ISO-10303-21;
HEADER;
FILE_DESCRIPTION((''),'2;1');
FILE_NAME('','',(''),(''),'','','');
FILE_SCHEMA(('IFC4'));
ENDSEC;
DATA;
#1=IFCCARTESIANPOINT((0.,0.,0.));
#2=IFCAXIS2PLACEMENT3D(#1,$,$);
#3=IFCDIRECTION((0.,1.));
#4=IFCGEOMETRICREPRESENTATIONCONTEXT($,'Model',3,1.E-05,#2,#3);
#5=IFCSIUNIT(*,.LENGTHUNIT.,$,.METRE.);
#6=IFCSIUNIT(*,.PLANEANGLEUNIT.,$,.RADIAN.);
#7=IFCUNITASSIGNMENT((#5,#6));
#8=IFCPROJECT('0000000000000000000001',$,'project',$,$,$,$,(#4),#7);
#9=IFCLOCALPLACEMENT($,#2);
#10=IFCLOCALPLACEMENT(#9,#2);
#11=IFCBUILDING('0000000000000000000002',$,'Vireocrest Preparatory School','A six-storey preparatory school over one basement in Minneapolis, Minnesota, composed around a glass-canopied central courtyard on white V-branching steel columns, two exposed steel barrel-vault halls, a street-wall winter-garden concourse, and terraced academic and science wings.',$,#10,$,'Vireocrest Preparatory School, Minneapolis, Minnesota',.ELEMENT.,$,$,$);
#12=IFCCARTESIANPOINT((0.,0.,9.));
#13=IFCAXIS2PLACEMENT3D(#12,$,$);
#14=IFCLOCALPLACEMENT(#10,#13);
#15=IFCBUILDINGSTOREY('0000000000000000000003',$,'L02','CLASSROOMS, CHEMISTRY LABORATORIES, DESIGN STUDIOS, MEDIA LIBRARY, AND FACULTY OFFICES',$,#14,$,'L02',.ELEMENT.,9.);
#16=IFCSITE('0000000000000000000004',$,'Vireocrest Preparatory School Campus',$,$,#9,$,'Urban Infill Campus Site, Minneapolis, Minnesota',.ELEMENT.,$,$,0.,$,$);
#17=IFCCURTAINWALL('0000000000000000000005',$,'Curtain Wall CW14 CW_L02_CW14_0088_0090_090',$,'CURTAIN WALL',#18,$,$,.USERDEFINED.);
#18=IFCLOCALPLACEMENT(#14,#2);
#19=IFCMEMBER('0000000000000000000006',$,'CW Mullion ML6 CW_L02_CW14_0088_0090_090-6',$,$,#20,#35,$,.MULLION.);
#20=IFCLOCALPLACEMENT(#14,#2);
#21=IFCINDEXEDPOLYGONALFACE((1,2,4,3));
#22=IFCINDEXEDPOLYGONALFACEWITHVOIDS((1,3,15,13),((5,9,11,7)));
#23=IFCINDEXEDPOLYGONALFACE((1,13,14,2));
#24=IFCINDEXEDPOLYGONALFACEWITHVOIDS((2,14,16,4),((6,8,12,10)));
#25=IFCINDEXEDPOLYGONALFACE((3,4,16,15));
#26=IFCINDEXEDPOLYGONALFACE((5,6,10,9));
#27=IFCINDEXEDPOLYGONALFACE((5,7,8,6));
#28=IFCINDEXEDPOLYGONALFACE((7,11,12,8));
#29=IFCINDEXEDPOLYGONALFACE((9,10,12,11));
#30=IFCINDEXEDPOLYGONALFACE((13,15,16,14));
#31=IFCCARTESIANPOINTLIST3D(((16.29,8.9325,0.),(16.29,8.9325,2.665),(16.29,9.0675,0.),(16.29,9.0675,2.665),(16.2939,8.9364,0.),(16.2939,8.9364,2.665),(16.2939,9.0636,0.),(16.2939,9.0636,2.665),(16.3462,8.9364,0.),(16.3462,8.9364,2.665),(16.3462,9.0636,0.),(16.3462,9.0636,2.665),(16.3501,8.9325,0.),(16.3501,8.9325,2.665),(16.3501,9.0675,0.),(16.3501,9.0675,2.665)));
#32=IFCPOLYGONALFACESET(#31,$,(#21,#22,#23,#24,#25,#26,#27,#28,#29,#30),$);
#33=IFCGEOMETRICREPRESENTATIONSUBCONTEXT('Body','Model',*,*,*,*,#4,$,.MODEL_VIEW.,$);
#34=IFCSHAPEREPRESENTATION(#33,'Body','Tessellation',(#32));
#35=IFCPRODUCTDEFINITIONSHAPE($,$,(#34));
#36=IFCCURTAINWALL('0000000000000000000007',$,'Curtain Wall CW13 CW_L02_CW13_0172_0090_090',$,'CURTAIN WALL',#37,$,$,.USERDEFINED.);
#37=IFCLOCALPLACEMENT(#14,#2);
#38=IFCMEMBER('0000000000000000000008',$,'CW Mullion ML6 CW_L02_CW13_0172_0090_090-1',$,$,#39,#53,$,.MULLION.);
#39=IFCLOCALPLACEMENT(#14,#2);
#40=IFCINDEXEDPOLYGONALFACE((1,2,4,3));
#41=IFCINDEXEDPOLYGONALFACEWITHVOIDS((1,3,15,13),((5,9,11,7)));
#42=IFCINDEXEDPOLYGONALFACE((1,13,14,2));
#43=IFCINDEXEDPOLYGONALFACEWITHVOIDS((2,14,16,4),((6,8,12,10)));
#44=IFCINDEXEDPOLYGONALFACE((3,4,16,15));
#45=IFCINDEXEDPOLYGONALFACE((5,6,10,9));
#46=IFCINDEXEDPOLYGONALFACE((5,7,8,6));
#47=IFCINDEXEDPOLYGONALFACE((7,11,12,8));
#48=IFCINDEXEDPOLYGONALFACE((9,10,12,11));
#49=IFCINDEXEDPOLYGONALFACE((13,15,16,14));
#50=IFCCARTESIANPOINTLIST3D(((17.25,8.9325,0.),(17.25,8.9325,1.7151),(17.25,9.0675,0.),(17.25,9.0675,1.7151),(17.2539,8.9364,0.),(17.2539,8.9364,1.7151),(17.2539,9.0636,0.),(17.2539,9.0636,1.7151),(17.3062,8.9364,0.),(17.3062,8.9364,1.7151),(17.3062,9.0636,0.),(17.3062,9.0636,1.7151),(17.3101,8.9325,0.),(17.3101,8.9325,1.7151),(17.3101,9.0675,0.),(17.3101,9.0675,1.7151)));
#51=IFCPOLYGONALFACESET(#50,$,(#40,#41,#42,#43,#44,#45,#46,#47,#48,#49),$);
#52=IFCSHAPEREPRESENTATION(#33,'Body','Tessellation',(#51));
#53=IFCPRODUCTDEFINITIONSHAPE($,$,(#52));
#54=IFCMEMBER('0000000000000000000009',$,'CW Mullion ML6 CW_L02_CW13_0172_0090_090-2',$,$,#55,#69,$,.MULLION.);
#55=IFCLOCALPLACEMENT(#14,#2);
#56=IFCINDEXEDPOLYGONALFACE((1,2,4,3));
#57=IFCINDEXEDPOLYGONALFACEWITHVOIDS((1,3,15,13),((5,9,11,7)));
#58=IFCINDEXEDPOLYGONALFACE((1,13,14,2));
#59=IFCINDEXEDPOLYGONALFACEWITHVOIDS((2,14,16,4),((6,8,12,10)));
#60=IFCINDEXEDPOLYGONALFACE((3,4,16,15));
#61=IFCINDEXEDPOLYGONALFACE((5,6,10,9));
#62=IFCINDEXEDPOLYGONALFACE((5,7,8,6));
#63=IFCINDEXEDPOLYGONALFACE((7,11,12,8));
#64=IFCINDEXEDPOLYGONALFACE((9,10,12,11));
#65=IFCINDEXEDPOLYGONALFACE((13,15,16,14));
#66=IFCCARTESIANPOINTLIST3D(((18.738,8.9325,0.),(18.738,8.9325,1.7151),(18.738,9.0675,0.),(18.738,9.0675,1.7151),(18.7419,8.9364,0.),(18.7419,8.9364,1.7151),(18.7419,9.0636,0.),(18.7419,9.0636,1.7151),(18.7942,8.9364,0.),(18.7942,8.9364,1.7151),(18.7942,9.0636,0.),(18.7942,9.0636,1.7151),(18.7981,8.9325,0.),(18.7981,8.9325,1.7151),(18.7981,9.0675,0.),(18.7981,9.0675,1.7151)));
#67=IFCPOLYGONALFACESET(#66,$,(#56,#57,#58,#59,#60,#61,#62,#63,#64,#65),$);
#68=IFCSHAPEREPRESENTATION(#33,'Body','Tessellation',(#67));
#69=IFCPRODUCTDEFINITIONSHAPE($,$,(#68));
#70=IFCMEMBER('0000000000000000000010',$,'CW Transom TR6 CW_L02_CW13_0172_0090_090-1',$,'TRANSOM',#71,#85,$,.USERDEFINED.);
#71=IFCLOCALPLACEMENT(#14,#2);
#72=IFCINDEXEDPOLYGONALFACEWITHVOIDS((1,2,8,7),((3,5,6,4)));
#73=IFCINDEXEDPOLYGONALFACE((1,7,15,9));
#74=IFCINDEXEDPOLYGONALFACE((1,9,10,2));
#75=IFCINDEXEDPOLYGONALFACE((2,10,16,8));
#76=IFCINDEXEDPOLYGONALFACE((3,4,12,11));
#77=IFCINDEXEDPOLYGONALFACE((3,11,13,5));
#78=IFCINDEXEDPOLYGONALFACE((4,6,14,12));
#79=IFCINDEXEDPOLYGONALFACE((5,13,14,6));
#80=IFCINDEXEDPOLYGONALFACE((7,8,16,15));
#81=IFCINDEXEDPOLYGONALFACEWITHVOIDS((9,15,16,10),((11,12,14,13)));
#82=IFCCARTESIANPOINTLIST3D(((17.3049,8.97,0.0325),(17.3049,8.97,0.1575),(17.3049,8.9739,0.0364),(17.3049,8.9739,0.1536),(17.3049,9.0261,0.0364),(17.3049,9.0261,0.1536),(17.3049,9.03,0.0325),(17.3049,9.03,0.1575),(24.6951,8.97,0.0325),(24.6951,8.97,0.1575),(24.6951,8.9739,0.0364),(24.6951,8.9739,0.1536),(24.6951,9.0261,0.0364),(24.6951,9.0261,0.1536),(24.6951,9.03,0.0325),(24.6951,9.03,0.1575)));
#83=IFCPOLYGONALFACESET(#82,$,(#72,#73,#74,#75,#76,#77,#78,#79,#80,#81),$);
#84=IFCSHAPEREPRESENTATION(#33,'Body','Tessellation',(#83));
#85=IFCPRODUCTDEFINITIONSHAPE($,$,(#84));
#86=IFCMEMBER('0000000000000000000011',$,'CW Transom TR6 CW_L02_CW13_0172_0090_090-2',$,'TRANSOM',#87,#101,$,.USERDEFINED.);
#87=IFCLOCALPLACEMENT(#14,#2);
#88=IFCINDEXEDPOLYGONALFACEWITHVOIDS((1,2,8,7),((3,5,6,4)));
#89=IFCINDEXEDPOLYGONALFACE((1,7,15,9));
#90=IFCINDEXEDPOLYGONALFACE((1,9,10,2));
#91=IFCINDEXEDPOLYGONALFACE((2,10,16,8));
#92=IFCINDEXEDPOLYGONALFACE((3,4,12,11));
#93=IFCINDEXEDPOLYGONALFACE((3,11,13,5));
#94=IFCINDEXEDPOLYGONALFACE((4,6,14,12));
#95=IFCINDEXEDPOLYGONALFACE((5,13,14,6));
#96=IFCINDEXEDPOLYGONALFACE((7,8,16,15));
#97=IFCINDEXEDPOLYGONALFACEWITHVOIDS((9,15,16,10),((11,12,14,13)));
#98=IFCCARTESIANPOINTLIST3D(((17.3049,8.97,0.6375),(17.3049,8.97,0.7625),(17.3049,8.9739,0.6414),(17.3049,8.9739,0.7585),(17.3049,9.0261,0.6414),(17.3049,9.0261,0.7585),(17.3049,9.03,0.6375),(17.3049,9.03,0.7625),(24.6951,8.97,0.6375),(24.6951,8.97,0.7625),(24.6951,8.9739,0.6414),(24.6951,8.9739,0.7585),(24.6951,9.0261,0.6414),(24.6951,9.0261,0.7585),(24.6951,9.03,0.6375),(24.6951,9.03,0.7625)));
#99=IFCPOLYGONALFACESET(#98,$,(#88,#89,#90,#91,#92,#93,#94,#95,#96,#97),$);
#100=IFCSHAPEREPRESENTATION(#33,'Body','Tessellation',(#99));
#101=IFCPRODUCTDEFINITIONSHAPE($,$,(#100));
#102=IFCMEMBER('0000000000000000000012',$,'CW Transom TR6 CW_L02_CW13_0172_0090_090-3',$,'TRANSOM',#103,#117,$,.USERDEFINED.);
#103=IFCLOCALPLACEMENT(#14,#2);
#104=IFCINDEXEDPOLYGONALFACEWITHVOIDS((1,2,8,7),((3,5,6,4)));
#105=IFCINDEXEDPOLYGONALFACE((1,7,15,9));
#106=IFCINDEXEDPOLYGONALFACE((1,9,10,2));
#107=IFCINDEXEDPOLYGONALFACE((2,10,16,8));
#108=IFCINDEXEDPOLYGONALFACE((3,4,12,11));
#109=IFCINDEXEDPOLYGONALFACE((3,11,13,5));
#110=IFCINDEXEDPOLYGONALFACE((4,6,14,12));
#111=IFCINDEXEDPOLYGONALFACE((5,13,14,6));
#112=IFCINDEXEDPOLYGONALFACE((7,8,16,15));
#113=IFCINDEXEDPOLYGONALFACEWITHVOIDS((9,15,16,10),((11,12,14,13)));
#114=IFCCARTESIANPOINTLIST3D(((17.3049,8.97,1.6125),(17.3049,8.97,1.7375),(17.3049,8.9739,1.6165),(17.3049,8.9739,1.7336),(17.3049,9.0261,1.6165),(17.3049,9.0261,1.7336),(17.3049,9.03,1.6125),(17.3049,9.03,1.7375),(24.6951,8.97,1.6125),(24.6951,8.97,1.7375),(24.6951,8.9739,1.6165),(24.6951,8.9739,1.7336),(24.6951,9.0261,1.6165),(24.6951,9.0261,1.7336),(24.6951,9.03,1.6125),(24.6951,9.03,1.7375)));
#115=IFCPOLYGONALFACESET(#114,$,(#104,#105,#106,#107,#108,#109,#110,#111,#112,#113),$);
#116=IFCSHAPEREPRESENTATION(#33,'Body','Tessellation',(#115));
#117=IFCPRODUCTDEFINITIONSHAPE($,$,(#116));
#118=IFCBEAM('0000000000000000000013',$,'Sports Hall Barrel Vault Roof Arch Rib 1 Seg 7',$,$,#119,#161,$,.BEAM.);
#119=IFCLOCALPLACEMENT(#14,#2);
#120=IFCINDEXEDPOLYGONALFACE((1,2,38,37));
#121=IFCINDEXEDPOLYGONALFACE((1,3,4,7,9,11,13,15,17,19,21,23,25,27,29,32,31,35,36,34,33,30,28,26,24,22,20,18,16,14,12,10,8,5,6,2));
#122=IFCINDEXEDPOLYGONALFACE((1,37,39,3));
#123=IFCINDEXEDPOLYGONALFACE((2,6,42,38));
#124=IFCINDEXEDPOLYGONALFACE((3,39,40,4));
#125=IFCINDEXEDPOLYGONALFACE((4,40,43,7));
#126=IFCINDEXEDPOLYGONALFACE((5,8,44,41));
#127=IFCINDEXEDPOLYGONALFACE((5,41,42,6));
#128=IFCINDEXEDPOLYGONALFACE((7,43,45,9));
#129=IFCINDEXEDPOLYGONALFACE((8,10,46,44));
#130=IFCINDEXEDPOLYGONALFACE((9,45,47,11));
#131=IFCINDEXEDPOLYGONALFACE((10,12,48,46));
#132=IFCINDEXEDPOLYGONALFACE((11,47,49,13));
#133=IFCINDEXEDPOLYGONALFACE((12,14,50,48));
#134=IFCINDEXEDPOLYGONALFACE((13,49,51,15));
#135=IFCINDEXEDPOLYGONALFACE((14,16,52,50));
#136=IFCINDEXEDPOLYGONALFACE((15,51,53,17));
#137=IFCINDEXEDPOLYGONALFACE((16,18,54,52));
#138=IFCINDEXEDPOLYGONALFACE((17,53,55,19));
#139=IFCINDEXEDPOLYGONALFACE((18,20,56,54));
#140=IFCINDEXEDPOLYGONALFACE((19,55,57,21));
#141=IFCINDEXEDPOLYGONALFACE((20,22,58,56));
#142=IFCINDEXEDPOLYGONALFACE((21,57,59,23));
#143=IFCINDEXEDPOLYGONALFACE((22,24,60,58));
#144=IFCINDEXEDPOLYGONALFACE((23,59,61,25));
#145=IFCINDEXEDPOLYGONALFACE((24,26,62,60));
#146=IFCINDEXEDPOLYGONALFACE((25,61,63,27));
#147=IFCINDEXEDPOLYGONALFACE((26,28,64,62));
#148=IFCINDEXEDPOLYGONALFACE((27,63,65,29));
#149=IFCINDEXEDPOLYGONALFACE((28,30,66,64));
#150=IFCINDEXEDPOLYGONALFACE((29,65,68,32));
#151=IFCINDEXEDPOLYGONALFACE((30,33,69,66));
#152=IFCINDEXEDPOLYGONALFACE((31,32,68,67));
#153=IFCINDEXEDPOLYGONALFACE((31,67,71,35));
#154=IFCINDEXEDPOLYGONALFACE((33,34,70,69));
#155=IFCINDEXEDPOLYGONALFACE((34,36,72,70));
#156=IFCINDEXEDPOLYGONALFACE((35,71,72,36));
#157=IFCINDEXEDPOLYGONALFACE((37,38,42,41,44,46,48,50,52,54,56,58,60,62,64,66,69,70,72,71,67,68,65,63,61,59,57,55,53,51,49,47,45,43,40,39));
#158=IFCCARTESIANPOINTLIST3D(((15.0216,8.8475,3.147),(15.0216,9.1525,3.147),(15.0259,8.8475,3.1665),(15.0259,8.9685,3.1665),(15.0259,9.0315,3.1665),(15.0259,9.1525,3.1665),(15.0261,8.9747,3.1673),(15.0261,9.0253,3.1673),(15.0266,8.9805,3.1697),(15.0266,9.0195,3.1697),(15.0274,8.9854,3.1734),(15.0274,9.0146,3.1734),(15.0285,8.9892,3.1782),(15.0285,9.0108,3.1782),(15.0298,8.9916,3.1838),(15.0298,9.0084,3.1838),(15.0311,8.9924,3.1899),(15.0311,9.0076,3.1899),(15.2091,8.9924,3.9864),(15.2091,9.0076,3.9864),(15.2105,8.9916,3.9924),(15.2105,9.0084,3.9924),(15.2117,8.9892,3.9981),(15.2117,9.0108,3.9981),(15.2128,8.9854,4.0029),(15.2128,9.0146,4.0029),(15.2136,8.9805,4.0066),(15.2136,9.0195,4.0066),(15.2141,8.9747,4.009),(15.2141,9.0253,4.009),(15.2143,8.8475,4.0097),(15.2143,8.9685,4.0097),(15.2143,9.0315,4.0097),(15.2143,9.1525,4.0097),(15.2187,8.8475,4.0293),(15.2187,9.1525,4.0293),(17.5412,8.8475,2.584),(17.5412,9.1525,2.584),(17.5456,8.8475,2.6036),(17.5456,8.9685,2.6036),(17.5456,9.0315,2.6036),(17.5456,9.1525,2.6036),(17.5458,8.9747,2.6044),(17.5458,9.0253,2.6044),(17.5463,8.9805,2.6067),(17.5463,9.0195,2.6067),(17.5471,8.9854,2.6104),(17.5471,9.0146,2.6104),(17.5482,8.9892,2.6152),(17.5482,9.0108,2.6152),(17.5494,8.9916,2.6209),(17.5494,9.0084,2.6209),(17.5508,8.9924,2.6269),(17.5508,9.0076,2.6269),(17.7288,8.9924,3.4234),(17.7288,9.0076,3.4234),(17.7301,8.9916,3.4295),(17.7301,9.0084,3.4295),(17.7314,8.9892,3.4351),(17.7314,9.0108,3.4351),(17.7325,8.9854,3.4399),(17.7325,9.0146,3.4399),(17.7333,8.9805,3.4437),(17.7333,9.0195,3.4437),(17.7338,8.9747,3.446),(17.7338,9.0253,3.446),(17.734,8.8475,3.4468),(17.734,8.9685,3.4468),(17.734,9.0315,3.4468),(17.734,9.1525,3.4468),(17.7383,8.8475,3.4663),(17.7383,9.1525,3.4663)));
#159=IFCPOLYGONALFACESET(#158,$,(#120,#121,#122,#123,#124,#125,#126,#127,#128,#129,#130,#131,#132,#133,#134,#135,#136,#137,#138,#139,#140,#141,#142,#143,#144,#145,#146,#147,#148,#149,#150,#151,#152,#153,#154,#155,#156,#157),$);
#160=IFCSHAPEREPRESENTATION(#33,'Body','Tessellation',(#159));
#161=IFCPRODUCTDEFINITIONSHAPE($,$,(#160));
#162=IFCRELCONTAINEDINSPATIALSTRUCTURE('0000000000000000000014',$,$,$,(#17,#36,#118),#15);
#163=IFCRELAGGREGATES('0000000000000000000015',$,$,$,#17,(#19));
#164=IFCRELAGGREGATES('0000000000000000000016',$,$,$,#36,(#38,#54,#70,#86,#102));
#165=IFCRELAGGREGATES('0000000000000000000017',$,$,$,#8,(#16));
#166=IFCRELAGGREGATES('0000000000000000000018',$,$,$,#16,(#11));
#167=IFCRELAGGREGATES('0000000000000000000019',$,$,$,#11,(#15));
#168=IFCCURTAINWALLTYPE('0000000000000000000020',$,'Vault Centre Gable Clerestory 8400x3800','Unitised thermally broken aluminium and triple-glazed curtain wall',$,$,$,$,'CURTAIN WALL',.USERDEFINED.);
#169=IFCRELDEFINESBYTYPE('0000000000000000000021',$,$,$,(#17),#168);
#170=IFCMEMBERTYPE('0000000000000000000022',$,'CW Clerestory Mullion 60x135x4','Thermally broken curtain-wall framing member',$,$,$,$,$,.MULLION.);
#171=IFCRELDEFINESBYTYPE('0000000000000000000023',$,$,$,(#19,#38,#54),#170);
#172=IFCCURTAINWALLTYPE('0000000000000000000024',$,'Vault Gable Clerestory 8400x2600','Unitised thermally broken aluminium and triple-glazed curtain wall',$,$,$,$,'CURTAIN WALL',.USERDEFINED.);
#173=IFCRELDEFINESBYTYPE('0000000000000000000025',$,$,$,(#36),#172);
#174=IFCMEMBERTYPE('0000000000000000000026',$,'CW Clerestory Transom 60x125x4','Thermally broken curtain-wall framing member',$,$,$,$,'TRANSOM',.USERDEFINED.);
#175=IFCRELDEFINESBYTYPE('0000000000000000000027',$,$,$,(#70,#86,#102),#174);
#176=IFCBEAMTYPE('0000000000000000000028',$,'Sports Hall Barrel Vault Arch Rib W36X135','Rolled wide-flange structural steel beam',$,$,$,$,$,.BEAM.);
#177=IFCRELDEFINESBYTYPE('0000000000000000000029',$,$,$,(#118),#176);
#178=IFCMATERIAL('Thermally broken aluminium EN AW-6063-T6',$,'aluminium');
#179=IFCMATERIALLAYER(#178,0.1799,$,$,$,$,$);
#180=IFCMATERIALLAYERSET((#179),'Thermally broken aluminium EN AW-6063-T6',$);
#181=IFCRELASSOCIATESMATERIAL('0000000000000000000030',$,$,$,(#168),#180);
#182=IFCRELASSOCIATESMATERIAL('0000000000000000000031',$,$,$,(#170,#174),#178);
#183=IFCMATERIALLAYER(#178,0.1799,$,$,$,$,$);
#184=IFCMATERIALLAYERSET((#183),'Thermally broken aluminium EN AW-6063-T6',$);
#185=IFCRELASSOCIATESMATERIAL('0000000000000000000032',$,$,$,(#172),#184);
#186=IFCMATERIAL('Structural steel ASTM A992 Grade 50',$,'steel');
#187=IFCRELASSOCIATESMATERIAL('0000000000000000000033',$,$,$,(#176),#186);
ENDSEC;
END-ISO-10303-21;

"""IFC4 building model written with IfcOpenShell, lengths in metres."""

from ifc_helpers import new_model, si_unit, direction, frame, origin, origin_2d, place, context, subcontext, project, spatial, hollow_rectangle, i_section, extrude, material, layer, layer_set, material_profile, profile_set, type_object, element, aggregate, save


model = new_model("IFC4")

# Units and contexts
model_context = context("Model", 3, precision=1e-05, world=origin(), true_north=direction((0.0, 1.0)))
body_context = subcontext(model_context, "Body", "Model", "MODEL_VIEW")
ifc_project = project(units=[si_unit("LENGTHUNIT", "METRE"), si_unit("PLANEANGLEUNIT", "RADIAN")], contexts=[model_context])

# Site, building, storey
site_placement = place(None, origin())
site = spatial("IfcSite", under=ifc_project, at=site_placement, Name="Vireocrest Preparatory School Campus", LongName="Urban Infill Campus Site, Minneapolis, Minnesota", CompositionType="ELEMENT", RefElevation=0.0)
building_placement = place(site_placement, origin())
building = spatial("IfcBuilding", under=site, at=building_placement, Name="Vireocrest Preparatory School", Description="A six-storey preparatory school over one basement in Minneapolis, Minnesota, composed around a glass-canopied central courtyard on white V-branching steel columns, two exposed steel barrel-vault halls, a street-wall winter-garden concourse, and terraced academic and science wings.", LongName="Vireocrest Preparatory School, Minneapolis, Minnesota", CompositionType="ELEMENT")
storey_placement = place(building_placement, frame((0.0, 0.0, 9.0)))
storey = spatial("IfcBuildingStorey", under=building, at=storey_placement, Name="L02", Description="CLASSROOMS, CHEMISTRY LABORATORIES, DESIGN STUDIOS, MEDIA LIBRARY, AND FACULTY OFFICES", LongName="L02", CompositionType="ELEMENT", Elevation=9.0)

# Curtain wall, member
ifc_material_1 = material(Name="Thermally broken aluminium EN AW-6063-T6", Category="aluminium")
ifc_layer_1 = layer(ifc_material_1, 0.1799)
ifc_layer_set_1 = layer_set([ifc_layer_1], Name="Thermally broken aluminium EN AW-6063-T6")
curtain_wall_type_1 = type_object("IfcCurtainWallType", Name="Vault Centre Gable Clerestory 8400x3800", Description="Unitised thermally broken aluminium and triple-glazed curtain wall", ElementType="CURTAIN WALL", PredefinedType="USERDEFINED", material=ifc_layer_set_1)
curtain_wall_1_placement = place(storey_placement, origin())
curtain_wall_1 = element("IfcCurtainWall", 1, at=curtain_wall_1_placement, inside=storey, type_object=curtain_wall_type_1, Name="Curtain Wall CW14 CW_L02_CW14_0088_0090_090", ObjectType="CURTAIN WALL", PredefinedType="USERDEFINED")
ifc_material_profile_1 = material_profile(ifc_material_1, hollow_rectangle(XDim=0.0601, YDim=0.135, WallThickness=0.0039, at=origin_2d()), Name="ALU 60x135x4")
ifc_profile_set_1 = profile_set([ifc_material_profile_1], Name="Thermally broken aluminium EN AW-6063-T6")
member_type_1 = type_object("IfcMemberType", Name="CW Clerestory Mullion 60x135x4", Description="Thermally broken curtain-wall framing member", PredefinedType="MULLION", material=ifc_profile_set_1)
member_1_placement = place(storey_placement, frame((16.3201, 9.0, 0.0), z_axis=(0.0, 0.0, 1.0), x_axis=(1.0, 0.0, 0.0)))
member_1 = element("IfcMember", 2, at=member_1_placement, type_object=member_type_1, Name="CW Mullion ML6 CW_L02_CW14_0088_0090_090-6", PredefinedType="MULLION", context=body_context, shape_type="SweptSolid", body=[
    extrude(hollow_rectangle(XDim=0.0601, YDim=0.135, WallThickness=0.0039, at=origin_2d()), origin(), (0.0, 0.0, 1.0), 2.665),
])

# Curtain wall, members
ifc_layer_2 = layer(ifc_material_1, 0.1799)
ifc_layer_set_2 = layer_set([ifc_layer_2], Name="Thermally broken aluminium EN AW-6063-T6")
curtain_wall_type_2 = type_object("IfcCurtainWallType", Name="Vault Gable Clerestory 8400x2600", Description="Unitised thermally broken aluminium and triple-glazed curtain wall", ElementType="CURTAIN WALL", PredefinedType="USERDEFINED", material=ifc_layer_set_2)
curtain_wall_2_placement = place(storey_placement, origin())
curtain_wall_2 = element("IfcCurtainWall", 3, at=curtain_wall_2_placement, inside=storey, type_object=curtain_wall_type_2, Name="Curtain Wall CW13 CW_L02_CW13_0172_0090_090", ObjectType="CURTAIN WALL", PredefinedType="USERDEFINED")
member_2_placement = place(storey_placement, frame((17.28, 9.0, 0.0), z_axis=(0.0, 0.0, 1.0), x_axis=(1.0, 0.0, 0.0)))
member_2 = element("IfcMember", 4, at=member_2_placement, type_object=member_type_1, Name="CW Mullion ML6 CW_L02_CW13_0172_0090_090-1", PredefinedType="MULLION", context=body_context, shape_type="SweptSolid", body=[
    extrude(hollow_rectangle(XDim=0.0601, YDim=0.135, WallThickness=0.0039, at=origin_2d()), origin(), (0.0, 0.0, 1.0), 1.7151),
])
member_3_placement = place(storey_placement, frame((18.7681, 9.0, 0.0), z_axis=(0.0, 0.0, 1.0), x_axis=(1.0, 0.0, 0.0)))
member_3 = element("IfcMember", 5, at=member_3_placement, type_object=member_type_1, Name="CW Mullion ML6 CW_L02_CW13_0172_0090_090-2", PredefinedType="MULLION", context=body_context, shape_type="SweptSolid", body=[
    extrude(hollow_rectangle(XDim=0.0601, YDim=0.135, WallThickness=0.0039, at=origin_2d()), origin(), (0.0, 0.0, 1.0), 1.7151),
])
ifc_material_profile_2 = material_profile(ifc_material_1, hollow_rectangle(XDim=0.0601, YDim=0.125, WallThickness=0.0039, at=origin_2d()), Name="ALU 60x125x4")
ifc_profile_set_2 = profile_set([ifc_material_profile_2], Name="Thermally broken aluminium EN AW-6063-T6")
member_type_2 = type_object("IfcMemberType", Name="CW Clerestory Transom 60x125x4", Description="Thermally broken curtain-wall framing member", ElementType="TRANSOM", PredefinedType="USERDEFINED", material=ifc_profile_set_2)
member_4_placement = place(storey_placement, frame((17.3049, 9.0, 0.095), z_axis=(1.0, 0.0, 0.0), x_axis=(0.0, 1.0, 0.0)))
member_4 = element("IfcMember", 6, at=member_4_placement, type_object=member_type_2, Name="CW Transom TR6 CW_L02_CW13_0172_0090_090-1", ObjectType="TRANSOM", PredefinedType="USERDEFINED", context=body_context, shape_type="SweptSolid", body=[
    extrude(hollow_rectangle(XDim=0.0601, YDim=0.125, WallThickness=0.0039, at=origin_2d()), origin(), (0.0, 0.0, 1.0), 7.3901),
])
member_5_placement = place(storey_placement, frame((17.3049, 9.0, 0.7), z_axis=(1.0, 0.0, 0.0), x_axis=(0.0, 1.0, 0.0)))
member_5 = element("IfcMember", 7, at=member_5_placement, type_object=member_type_2, Name="CW Transom TR6 CW_L02_CW13_0172_0090_090-2", ObjectType="TRANSOM", PredefinedType="USERDEFINED", context=body_context, shape_type="SweptSolid", body=[
    extrude(hollow_rectangle(XDim=0.0601, YDim=0.125, WallThickness=0.0039, at=origin_2d()), origin(), (0.0, 0.0, 1.0), 7.3901),
])
member_6_placement = place(storey_placement, frame((17.3049, 9.0, 1.675), z_axis=(1.0, 0.0, 0.0), x_axis=(0.0, 1.0, 0.0)))
member_6 = element("IfcMember", 8, at=member_6_placement, type_object=member_type_2, Name="CW Transom TR6 CW_L02_CW13_0172_0090_090-3", ObjectType="TRANSOM", PredefinedType="USERDEFINED", context=body_context, shape_type="SweptSolid", body=[
    extrude(hollow_rectangle(XDim=0.0601, YDim=0.125, WallThickness=0.0039, at=origin_2d()), origin(), (0.0, 0.0, 1.0), 7.3901),
])

# Beam
ifc_material_2 = material(Name="Structural steel ASTM A992 Grade 50", Category="steel")
ifc_material_profile_3 = material_profile(ifc_material_2, i_section(OverallWidth=0.3049, OverallDepth=0.9041, WebThickness=0.0151, FlangeThickness=0.02, FilletRadius=0.0239, at=origin_2d()), Name="W36X135")
ifc_profile_set_3 = profile_set([ifc_material_profile_3], Name="Structural steel ASTM A992 Grade 50")
beam_type_1 = type_object("IfcBeamType", Name="Sports Hall Barrel Vault Arch Rib W36X135", Description="Rolled wide-flange structural steel beam", PredefinedType="BEAM", material=ifc_profile_set_3)
beam_1_placement = place(storey_placement, frame((15.1201, 9.0, 3.5881), z_axis=(0.975937, 0.0, -0.218052), x_axis=(0.0, 1.0, 0.0)))
element("IfcBeam", 9, at=beam_1_placement, inside=storey, type_object=beam_type_1, Name="Sports Hall Barrel Vault Roof Arch Rib 1 Seg 7", PredefinedType="BEAM", context=body_context, shape_type="SweptSolid", body=[
    extrude(i_section(OverallWidth=0.3049, OverallDepth=0.9041, WebThickness=0.0151, FlangeThickness=0.02, FilletRadius=0.0239, at=origin_2d()), origin(), (0.0, 0.0, 1.0), 2.5818),
])

aggregate(curtain_wall_1, [member_1])
aggregate(curtain_wall_2, [member_2, member_3, member_4, member_5, member_6])

save(model, "model.ifc")
